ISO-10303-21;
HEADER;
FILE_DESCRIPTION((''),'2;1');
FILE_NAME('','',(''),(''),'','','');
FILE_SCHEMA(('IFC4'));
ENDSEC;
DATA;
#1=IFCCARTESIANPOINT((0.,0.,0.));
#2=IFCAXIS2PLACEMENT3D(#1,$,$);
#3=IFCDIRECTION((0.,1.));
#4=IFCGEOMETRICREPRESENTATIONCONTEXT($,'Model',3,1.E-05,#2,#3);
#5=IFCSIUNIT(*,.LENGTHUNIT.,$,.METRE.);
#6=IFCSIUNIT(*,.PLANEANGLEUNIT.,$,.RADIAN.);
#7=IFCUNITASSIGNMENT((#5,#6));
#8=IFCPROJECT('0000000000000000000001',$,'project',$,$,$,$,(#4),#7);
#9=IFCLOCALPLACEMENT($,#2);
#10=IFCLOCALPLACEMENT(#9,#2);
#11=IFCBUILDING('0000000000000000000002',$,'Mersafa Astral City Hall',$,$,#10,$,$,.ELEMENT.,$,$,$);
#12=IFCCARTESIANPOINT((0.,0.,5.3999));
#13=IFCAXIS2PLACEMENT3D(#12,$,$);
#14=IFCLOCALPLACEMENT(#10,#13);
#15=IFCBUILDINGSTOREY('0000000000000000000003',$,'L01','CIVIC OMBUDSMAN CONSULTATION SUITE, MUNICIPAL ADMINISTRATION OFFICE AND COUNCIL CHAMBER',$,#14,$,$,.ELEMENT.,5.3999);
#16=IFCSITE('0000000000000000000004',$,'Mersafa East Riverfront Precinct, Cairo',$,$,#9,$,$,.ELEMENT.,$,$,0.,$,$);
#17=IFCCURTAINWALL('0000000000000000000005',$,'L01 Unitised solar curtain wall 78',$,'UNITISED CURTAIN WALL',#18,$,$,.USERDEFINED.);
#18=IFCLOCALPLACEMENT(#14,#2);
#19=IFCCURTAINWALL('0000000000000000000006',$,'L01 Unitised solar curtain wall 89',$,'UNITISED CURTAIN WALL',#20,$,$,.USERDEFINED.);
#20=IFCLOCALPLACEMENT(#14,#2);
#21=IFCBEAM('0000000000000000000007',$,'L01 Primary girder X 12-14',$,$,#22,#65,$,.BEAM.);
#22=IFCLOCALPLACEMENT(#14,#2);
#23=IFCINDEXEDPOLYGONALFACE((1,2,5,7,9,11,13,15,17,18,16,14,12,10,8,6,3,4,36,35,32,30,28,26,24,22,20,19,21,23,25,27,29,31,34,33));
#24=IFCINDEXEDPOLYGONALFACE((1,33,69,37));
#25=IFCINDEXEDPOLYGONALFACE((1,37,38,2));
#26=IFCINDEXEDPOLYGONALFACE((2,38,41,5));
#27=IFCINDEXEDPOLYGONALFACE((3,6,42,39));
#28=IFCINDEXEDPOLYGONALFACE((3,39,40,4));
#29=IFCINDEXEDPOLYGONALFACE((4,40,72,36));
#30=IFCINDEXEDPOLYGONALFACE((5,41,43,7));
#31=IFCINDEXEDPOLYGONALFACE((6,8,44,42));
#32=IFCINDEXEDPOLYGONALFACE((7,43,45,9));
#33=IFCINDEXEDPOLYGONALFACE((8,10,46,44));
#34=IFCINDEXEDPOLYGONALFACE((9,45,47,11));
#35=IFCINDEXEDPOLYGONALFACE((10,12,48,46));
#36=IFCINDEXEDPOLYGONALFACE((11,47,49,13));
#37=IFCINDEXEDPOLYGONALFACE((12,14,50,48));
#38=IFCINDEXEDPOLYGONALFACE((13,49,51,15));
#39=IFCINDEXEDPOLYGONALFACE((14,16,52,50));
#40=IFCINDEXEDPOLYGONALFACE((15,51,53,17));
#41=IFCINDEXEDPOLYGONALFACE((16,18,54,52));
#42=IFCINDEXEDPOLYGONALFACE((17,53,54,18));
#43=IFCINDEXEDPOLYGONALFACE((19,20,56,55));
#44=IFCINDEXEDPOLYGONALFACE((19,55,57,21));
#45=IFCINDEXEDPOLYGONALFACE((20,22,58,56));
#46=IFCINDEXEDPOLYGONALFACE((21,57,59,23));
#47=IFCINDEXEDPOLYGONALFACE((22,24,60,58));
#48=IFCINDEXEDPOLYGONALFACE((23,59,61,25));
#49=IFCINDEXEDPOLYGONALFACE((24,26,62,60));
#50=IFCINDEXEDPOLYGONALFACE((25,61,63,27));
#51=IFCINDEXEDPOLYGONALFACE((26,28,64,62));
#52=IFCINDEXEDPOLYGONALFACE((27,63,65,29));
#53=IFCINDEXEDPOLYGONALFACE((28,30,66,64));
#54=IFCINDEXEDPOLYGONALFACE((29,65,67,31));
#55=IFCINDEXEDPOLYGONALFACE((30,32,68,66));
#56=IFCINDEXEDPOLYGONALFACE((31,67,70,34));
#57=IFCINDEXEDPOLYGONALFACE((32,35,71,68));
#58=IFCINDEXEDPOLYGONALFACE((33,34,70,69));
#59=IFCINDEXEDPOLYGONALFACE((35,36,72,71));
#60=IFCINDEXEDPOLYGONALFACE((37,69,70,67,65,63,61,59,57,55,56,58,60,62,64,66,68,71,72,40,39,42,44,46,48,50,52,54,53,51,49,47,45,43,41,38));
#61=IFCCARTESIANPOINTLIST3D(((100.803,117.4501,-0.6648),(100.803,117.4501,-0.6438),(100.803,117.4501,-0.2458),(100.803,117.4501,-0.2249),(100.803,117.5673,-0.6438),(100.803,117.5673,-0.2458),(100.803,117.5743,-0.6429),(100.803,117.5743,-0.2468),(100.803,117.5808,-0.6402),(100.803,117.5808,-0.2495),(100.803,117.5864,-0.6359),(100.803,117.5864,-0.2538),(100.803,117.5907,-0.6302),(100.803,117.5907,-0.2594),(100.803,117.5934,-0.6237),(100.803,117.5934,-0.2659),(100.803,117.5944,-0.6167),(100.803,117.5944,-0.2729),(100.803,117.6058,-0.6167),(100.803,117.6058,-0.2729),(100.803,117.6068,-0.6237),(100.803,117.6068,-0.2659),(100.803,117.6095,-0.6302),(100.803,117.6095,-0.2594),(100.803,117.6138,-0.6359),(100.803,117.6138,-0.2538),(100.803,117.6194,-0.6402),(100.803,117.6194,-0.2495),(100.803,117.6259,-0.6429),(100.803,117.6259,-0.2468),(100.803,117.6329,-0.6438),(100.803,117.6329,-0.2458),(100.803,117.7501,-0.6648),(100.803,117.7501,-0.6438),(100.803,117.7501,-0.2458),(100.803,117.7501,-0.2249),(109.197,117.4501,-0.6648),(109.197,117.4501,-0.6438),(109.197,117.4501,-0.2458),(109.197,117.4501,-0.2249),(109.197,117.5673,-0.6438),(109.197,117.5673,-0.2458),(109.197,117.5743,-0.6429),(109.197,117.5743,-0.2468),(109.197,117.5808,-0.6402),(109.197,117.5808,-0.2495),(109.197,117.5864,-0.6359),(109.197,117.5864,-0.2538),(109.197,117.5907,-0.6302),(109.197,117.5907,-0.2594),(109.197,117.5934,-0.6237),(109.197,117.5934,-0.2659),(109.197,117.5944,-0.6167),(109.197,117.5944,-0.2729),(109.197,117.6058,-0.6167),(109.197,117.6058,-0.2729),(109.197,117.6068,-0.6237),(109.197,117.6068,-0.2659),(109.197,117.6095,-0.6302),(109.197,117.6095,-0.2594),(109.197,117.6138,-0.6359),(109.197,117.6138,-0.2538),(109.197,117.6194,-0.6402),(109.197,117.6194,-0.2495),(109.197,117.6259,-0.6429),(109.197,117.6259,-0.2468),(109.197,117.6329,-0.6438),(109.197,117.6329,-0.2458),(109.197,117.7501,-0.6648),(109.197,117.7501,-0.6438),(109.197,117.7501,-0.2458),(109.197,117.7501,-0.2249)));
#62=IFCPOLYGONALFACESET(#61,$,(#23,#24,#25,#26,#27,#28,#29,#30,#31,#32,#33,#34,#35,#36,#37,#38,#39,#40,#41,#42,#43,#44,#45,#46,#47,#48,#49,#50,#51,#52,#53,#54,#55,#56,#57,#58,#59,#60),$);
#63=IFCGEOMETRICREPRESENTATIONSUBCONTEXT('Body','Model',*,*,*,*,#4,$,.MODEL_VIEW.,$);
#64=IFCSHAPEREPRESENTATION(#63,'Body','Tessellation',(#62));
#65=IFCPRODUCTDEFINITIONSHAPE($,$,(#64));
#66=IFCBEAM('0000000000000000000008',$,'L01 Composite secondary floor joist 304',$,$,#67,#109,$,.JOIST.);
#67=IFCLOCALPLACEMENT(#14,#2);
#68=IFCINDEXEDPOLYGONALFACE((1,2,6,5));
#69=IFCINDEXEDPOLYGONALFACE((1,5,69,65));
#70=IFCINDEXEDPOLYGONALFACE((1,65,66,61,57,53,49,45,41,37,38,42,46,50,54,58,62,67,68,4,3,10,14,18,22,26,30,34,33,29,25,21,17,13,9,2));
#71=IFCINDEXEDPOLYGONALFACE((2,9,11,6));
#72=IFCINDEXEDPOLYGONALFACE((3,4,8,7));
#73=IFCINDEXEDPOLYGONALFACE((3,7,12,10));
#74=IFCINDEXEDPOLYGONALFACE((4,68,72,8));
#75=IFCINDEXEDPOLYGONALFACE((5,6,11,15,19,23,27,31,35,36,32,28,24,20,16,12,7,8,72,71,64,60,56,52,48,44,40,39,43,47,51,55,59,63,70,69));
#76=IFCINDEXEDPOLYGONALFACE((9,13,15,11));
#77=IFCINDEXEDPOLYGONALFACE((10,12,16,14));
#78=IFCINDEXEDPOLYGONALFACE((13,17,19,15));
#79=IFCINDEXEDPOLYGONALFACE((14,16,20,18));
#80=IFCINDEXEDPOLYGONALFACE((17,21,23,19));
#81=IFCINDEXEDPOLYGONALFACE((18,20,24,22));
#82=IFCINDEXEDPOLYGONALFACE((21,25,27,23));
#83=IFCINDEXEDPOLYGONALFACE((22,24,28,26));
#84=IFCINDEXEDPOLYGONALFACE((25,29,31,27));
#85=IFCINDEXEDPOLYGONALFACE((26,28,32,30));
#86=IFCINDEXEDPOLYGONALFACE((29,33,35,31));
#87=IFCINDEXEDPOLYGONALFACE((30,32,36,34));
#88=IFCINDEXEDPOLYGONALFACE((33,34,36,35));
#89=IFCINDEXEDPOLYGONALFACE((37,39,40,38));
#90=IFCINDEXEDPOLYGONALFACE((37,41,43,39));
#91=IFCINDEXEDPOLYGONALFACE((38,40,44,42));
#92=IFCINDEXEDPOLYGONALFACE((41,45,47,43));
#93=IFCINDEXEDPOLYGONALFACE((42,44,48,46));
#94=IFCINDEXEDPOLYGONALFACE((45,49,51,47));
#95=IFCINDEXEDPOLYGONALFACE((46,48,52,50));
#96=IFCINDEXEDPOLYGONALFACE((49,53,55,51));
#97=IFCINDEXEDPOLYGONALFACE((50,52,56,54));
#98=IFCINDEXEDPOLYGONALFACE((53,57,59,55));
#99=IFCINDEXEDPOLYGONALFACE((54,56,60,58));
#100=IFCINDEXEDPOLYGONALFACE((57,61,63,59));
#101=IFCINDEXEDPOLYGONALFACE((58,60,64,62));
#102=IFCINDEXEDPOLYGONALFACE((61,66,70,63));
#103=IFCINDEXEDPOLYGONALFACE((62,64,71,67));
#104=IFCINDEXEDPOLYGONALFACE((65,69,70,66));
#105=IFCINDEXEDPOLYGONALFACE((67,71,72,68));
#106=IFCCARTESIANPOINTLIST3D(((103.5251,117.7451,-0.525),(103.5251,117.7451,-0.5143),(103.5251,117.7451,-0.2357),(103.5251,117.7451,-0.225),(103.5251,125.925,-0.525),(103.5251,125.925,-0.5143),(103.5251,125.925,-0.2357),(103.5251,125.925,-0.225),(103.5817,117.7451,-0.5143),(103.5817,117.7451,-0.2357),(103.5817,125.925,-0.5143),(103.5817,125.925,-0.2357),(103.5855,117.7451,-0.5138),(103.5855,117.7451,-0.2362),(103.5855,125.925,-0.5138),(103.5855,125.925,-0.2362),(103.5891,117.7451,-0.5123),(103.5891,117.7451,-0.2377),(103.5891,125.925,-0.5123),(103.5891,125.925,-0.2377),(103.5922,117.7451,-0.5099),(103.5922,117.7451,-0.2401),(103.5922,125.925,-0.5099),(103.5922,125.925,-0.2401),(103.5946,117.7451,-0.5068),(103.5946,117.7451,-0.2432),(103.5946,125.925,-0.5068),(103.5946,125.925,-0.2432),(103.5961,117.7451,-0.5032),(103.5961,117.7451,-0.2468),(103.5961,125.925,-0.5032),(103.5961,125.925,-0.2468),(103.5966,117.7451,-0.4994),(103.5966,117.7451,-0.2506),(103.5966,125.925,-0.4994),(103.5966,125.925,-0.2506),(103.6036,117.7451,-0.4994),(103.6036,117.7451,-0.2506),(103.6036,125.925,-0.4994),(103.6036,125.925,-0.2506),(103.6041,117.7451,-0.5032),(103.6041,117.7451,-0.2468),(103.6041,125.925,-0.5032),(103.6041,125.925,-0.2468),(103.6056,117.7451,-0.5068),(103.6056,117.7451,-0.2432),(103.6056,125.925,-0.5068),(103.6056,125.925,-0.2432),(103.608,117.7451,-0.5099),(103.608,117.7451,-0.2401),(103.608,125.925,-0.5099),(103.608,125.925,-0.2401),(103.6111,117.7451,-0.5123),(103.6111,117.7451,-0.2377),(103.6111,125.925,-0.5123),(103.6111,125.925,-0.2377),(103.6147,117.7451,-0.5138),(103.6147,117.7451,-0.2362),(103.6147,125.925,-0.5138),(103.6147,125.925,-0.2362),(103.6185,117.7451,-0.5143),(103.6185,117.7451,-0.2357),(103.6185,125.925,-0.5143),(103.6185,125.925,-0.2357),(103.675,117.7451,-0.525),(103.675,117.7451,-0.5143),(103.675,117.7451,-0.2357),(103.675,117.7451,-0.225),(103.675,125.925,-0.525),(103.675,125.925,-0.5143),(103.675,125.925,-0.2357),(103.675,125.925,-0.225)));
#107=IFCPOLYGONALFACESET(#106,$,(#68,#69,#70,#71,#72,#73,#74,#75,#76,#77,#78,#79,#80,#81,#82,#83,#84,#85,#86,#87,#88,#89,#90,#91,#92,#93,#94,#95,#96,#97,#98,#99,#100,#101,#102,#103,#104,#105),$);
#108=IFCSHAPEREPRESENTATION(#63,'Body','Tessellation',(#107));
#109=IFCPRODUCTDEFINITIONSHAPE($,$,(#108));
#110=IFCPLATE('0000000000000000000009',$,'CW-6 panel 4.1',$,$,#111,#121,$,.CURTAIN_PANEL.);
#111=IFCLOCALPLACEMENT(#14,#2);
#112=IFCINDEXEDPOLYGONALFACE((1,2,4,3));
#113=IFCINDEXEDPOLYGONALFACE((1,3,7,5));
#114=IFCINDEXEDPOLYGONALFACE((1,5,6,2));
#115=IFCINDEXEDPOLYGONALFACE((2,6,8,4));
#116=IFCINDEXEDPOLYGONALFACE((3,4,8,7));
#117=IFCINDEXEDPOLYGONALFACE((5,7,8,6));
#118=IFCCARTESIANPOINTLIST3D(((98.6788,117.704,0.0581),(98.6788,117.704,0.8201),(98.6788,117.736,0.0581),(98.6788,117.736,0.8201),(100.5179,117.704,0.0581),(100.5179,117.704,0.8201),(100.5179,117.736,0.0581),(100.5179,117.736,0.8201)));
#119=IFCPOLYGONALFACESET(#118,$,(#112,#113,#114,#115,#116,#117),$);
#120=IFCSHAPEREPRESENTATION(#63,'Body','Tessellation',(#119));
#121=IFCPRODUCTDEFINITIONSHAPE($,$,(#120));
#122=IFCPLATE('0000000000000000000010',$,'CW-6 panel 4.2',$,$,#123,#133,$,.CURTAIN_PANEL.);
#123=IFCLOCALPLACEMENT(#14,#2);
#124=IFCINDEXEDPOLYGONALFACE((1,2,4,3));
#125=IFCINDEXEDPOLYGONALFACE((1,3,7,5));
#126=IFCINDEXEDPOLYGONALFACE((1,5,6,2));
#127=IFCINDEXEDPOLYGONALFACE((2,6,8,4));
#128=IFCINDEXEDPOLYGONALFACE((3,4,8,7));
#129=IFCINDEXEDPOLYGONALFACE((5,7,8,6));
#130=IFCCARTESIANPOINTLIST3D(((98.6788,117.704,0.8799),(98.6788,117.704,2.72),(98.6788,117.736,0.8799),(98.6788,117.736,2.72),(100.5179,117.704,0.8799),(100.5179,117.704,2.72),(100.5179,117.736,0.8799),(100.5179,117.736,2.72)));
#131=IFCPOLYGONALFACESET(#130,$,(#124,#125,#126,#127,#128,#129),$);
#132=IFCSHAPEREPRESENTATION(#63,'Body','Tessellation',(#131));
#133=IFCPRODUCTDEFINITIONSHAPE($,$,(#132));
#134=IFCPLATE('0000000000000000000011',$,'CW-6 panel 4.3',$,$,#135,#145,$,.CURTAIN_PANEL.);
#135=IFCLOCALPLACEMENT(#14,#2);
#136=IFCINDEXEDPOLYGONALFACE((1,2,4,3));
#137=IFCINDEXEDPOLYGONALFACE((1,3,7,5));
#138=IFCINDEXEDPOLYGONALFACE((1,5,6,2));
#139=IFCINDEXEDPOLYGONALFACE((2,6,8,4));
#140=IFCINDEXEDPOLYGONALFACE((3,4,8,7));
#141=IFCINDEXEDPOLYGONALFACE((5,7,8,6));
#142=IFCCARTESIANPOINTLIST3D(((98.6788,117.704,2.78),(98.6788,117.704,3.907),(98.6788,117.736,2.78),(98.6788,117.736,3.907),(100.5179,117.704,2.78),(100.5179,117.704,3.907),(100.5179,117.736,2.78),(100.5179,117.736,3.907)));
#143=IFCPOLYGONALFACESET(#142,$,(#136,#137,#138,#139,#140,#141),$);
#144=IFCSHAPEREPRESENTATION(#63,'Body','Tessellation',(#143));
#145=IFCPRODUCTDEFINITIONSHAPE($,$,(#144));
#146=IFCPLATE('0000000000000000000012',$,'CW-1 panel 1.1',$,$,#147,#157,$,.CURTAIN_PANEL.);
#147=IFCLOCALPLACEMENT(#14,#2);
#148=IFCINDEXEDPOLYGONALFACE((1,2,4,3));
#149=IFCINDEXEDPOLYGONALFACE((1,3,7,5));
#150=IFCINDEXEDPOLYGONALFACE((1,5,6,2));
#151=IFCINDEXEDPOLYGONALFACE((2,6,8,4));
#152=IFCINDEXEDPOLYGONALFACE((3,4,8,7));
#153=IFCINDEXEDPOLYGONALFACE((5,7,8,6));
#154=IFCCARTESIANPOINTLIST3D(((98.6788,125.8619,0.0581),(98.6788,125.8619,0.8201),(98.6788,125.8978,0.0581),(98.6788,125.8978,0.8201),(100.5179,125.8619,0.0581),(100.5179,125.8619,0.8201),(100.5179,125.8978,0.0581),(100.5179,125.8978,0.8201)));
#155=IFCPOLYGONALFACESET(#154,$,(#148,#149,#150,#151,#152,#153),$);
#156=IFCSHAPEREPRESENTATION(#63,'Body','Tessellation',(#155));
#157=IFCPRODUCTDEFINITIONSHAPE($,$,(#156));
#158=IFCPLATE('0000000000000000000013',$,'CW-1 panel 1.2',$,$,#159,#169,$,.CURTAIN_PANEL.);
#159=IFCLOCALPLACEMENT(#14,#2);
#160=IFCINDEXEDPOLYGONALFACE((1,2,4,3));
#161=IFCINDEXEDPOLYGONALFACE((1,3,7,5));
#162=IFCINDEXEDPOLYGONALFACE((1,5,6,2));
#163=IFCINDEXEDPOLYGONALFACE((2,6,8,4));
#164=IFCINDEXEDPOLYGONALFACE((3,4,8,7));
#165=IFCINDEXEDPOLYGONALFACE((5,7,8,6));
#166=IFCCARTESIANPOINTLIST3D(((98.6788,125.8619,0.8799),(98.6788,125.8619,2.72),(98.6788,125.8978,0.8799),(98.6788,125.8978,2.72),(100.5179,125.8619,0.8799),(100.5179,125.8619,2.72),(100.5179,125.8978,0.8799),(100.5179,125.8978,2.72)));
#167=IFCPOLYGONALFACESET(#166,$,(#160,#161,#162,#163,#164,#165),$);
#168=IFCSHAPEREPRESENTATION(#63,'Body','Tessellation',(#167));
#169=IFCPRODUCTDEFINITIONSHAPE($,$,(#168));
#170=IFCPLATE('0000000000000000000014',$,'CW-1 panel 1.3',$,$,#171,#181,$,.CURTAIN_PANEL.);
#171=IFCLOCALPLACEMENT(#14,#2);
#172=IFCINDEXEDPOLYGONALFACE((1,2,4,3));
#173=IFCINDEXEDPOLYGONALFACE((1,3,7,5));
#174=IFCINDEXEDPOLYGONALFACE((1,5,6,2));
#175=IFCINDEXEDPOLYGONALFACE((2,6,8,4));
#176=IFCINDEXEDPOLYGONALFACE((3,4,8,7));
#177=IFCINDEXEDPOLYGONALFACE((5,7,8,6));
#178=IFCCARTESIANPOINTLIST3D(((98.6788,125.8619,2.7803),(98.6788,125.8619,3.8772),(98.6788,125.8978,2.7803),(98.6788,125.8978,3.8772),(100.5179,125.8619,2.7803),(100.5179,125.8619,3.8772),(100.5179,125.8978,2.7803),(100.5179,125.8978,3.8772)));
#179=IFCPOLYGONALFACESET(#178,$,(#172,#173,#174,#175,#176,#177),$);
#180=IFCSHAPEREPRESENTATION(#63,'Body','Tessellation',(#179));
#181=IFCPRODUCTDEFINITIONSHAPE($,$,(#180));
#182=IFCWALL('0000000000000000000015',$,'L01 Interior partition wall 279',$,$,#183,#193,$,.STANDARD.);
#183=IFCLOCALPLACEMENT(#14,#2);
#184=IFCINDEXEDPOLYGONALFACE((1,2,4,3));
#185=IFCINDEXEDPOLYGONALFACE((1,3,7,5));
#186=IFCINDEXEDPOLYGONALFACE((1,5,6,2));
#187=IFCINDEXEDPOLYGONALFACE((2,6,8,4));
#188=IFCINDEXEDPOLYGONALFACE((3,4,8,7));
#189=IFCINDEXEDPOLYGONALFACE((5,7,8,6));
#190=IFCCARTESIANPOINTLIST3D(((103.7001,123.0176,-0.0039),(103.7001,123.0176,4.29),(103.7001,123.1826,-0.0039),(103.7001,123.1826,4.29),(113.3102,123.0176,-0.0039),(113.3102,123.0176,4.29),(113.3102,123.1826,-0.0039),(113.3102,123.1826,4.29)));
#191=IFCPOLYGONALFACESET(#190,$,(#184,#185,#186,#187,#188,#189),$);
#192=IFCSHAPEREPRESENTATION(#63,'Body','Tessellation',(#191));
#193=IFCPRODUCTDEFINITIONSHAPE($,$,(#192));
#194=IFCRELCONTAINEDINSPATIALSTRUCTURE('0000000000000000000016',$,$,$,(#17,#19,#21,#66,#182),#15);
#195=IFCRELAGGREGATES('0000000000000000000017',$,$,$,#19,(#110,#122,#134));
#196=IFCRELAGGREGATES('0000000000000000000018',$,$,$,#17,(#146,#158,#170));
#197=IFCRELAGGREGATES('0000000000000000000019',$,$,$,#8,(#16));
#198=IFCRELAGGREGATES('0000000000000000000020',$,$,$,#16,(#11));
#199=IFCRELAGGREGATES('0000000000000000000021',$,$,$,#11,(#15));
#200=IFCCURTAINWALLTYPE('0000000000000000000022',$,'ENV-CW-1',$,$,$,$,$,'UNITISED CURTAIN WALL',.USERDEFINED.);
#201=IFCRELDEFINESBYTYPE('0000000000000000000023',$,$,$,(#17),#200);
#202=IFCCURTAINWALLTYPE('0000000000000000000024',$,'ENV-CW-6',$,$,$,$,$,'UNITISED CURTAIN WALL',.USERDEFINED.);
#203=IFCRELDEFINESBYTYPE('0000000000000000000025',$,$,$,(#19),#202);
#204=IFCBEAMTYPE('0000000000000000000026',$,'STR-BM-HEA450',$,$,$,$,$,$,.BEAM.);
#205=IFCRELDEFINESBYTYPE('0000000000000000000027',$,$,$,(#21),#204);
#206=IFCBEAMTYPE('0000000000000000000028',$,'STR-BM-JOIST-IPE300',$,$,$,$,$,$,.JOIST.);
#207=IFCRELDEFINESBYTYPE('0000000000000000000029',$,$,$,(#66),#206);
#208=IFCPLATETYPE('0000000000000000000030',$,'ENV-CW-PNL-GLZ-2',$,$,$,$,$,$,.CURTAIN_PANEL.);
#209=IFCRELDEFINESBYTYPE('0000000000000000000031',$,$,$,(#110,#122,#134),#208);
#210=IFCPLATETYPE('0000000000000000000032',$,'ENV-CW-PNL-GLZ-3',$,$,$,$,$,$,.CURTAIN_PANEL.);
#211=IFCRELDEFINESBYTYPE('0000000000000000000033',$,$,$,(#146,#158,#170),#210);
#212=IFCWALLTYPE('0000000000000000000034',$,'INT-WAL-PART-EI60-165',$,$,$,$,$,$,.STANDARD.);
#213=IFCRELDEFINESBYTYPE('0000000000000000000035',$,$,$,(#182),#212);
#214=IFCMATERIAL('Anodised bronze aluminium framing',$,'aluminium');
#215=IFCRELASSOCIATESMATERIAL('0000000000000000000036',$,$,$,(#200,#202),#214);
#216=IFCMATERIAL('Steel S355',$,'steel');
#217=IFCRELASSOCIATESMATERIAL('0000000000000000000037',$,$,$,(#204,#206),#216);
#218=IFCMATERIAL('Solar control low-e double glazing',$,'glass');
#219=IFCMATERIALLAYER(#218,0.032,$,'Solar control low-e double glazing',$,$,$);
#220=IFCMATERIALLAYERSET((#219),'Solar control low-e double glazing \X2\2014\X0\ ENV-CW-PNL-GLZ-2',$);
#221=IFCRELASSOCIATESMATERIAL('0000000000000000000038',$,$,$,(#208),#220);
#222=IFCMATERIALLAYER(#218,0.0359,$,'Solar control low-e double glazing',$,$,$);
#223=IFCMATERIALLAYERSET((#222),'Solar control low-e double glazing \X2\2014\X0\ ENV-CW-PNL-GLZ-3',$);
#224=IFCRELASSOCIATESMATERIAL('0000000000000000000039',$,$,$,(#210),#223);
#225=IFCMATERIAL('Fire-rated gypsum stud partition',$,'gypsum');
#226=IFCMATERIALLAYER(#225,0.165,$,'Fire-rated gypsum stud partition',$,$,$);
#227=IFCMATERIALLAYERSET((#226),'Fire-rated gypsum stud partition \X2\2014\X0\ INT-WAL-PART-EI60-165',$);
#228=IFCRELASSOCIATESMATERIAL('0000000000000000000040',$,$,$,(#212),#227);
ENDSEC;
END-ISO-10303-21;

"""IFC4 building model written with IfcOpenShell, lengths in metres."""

from ifc_helpers import new_model, si_unit, direction, frame, frame_2d, origin, origin_2d, place, context, subcontext, project, spatial, rectangle, i_section, extrude, material, layer, layer_set, material_profile, profile_set, type_object, element, aggregate, save


model = new_model("IFC4")

# Units and contexts
model_context = context("Model", 3, precision=1e-05, world=origin(), true_north=direction((0.0, 1.0)))
body_context = subcontext(model_context, "Body", "Model", "MODEL_VIEW")
ifc_project = project(units=[si_unit("LENGTHUNIT", "METRE"), si_unit("PLANEANGLEUNIT", "RADIAN")], contexts=[model_context])

# Site, building, storey
site_placement = place(None, origin())
site = spatial("IfcSite", under=ifc_project, at=site_placement, Name="Mersafa East Riverfront Precinct, Cairo", CompositionType="ELEMENT", RefElevation=0.0)
building_placement = place(site_placement, origin())
building = spatial("IfcBuilding", under=site, at=building_placement, Name="Mersafa Astral City Hall", CompositionType="ELEMENT")
storey_placement = place(building_placement, frame((0.0, 0.0, 5.3999)))
storey = spatial("IfcBuildingStorey", under=building, at=storey_placement, Name="L01", Description="CIVIC OMBUDSMAN CONSULTATION SUITE, MUNICIPAL ADMINISTRATION OFFICE AND COUNCIL CHAMBER", CompositionType="ELEMENT", Elevation=5.3999)

# Shared definitions
ifc_material_1 = material(Name="Steel S355", Category="steel")

# Curtain wall
ifc_material_2 = material(Name="Anodised bronze aluminium framing", Category="aluminium")
curtain_wall_type_1 = type_object("IfcCurtainWallType", Name="ENV-CW-1", ElementType="UNITISED CURTAIN WALL", PredefinedType="USERDEFINED", material=ifc_material_2)
curtain_wall_1_placement = place(storey_placement, origin())
curtain_wall_1 = element("IfcCurtainWall", 1, at=curtain_wall_1_placement, inside=storey, type_object=curtain_wall_type_1, Name="L01 Unitised solar curtain wall 78", ObjectType="UNITISED CURTAIN WALL", PredefinedType="USERDEFINED")

# Curtain wall
curtain_wall_type_2 = type_object("IfcCurtainWallType", Name="ENV-CW-6", ElementType="UNITISED CURTAIN WALL", PredefinedType="USERDEFINED", material=ifc_material_2)
curtain_wall_2_placement = place(storey_placement, origin())
curtain_wall_2 = element("IfcCurtainWall", 2, at=curtain_wall_2_placement, inside=storey, type_object=curtain_wall_type_2, Name="L01 Unitised solar curtain wall 89", ObjectType="UNITISED CURTAIN WALL", PredefinedType="USERDEFINED")

# Beams
ifc_material_profile_1 = material_profile(ifc_material_1, i_section(OverallWidth=0.3, OverallDepth=0.4399, WebThickness=0.0115, FlangeThickness=0.021, FilletRadius=0.0271, at=origin_2d()), Name="HEA 450")
ifc_profile_set_1 = profile_set([ifc_material_profile_1], Name="Steel S355")
beam_type_1 = type_object("IfcBeamType", Name="STR-BM-HEA450", PredefinedType="BEAM", material=ifc_profile_set_1)
beam_1_placement = place(storey_placement, frame((100.803, 117.6001, -0.4448), z_axis=(1.0, 0.0, 0.0), x_axis=(0.0, 1.0, 0.0)))
element("IfcBeam", 3, at=beam_1_placement, inside=storey, type_object=beam_type_1, Name="L01 Primary girder X 12-14", PredefinedType="BEAM", context=body_context, shape_type="SweptSolid", body=[
    extrude(i_section(OverallWidth=0.3, OverallDepth=0.4399, WebThickness=0.0115, FlangeThickness=0.021, FilletRadius=0.0271, at=origin_2d()), origin(), (0.0, 0.0, 1.0), 8.394),
])
ifc_material_profile_2 = material_profile(ifc_material_1, i_section(OverallWidth=0.1499, OverallDepth=0.3, WebThickness=0.0071, FlangeThickness=0.0107, FilletRadius=0.0149, at=origin_2d()), Name="IPE 300")
ifc_profile_set_2 = profile_set([ifc_material_profile_2], Name="Steel S355")
beam_type_2 = type_object("IfcBeamType", Name="STR-BM-JOIST-IPE300", PredefinedType="JOIST", material=ifc_profile_set_2)
beam_2_placement = place(storey_placement, frame((103.6001, 117.7451, -0.375), z_axis=(0.0, 1.0, 0.0), x_axis=(-1.0, 0.0, 0.0)))
element("IfcBeam", 4, at=beam_2_placement, inside=storey, type_object=beam_type_2, Name="L01 Composite secondary floor joist 304", PredefinedType="JOIST", context=body_context, shape_type="SweptSolid", body=[
    extrude(i_section(OverallWidth=0.1499, OverallDepth=0.3, WebThickness=0.0071, FlangeThickness=0.0107, FilletRadius=0.0149, at=origin_2d()), origin(), (0.0, 0.0, 1.0), 8.1799),
])

# Plates
ifc_material_3 = material(Name="Solar control low-e double glazing", Category="glass")
ifc_layer_1 = layer(ifc_material_3, 0.032, Name="Solar control low-e double glazing")
ifc_layer_set_1 = layer_set([ifc_layer_1], Name="Solar control low-e double glazing — ENV-CW-PNL-GLZ-2")
plate_type_1 = type_object("IfcPlateType", Name="ENV-CW-PNL-GLZ-2", PredefinedType="CURTAIN_PANEL", material=ifc_layer_set_1)
plate_1_placement = place(storey_placement, frame((99.5984, 117.72, 0.0581), z_axis=(0.0, 0.0, 1.0), x_axis=(1.0, 0.0, 0.0)))
plate_1 = element("IfcPlate", 5, at=plate_1_placement, type_object=plate_type_1, Name="CW-6 panel 4.1", PredefinedType="CURTAIN_PANEL", context=body_context, shape_type="SweptSolid", body=[
    extrude(rectangle(XDim=1.8391, YDim=0.032, at=origin_2d()), origin(), (0.0, 0.0, 1.0), 0.762),
])
plate_2_placement = place(storey_placement, frame((99.5984, 117.72, 0.8799), z_axis=(0.0, 0.0, 1.0), x_axis=(1.0, 0.0, 0.0)))
plate_2 = element("IfcPlate", 6, at=plate_2_placement, type_object=plate_type_1, Name="CW-6 panel 4.2", PredefinedType="CURTAIN_PANEL", context=body_context, shape_type="SweptSolid", body=[
    extrude(rectangle(XDim=1.8391, YDim=0.032, at=origin_2d()), origin(), (0.0, 0.0, 1.0), 1.8401),
])
plate_3_placement = place(storey_placement, frame((99.5984, 117.72, 2.78), z_axis=(0.0, 0.0, 1.0), x_axis=(1.0, 0.0, 0.0)))
plate_3 = element("IfcPlate", 7, at=plate_3_placement, type_object=plate_type_1, Name="CW-6 panel 4.3", PredefinedType="CURTAIN_PANEL", context=body_context, shape_type="SweptSolid", body=[
    extrude(rectangle(XDim=1.8391, YDim=0.032, at=origin_2d()), origin(), (0.0, 0.0, 1.0), 1.127),
])
aggregate(curtain_wall_2, [plate_1, plate_2, plate_3])
ifc_layer_2 = layer(ifc_material_3, 0.0359, Name="Solar control low-e double glazing")
ifc_layer_set_2 = layer_set([ifc_layer_2], Name="Solar control low-e double glazing — ENV-CW-PNL-GLZ-3")
plate_type_2 = type_object("IfcPlateType", Name="ENV-CW-PNL-GLZ-3", PredefinedType="CURTAIN_PANEL", material=ifc_layer_set_2)
plate_4_placement = place(storey_placement, frame((99.5984, 125.8799, 0.0581), z_axis=(0.0, 0.0, 1.0), x_axis=(-1.0, 0.0, 0.0)))
plate_4 = element("IfcPlate", 8, at=plate_4_placement, type_object=plate_type_2, Name="CW-1 panel 1.1", PredefinedType="CURTAIN_PANEL", context=body_context, shape_type="SweptSolid", body=[
    extrude(rectangle(XDim=1.8391, YDim=0.0359, at=origin_2d()), origin(), (0.0, 0.0, 1.0), 0.762),
])
plate_5_placement = place(storey_placement, frame((99.5984, 125.8799, 0.8799), z_axis=(0.0, 0.0, 1.0), x_axis=(-1.0, 0.0, 0.0)))
plate_5 = element("IfcPlate", 9, at=plate_5_placement, type_object=plate_type_2, Name="CW-1 panel 1.2", PredefinedType="CURTAIN_PANEL", context=body_context, shape_type="SweptSolid", body=[
    extrude(rectangle(XDim=1.8391, YDim=0.0359, at=origin_2d()), origin(), (0.0, 0.0, 1.0), 1.8401),
])
plate_6_placement = place(storey_placement, frame((99.5984, 125.8799, 2.7803), z_axis=(0.0, 0.0, 1.0), x_axis=(-1.0, 0.0, 0.0)))
plate_6 = element("IfcPlate", 10, at=plate_6_placement, type_object=plate_type_2, Name="CW-1 panel 1.3", PredefinedType="CURTAIN_PANEL", context=body_context, shape_type="SweptSolid", body=[
    extrude(rectangle(XDim=1.8391, YDim=0.0359, at=origin_2d()), origin(), (0.0, 0.0, 1.0), 1.0969),
])
aggregate(curtain_wall_1, [plate_4, plate_5, plate_6])

# Wall
ifc_material_4 = material(Name="Fire-rated gypsum stud partition", Category="gypsum")
ifc_layer_3 = layer(ifc_material_4, 0.165, Name="Fire-rated gypsum stud partition")
ifc_layer_set_3 = layer_set([ifc_layer_3], Name="Fire-rated gypsum stud partition — INT-WAL-PART-EI60-165")
wall_type_1 = type_object("IfcWallType", Name="INT-WAL-PART-EI60-165", PredefinedType="STANDARD", material=ifc_layer_set_3)
wall_1_placement = place(storey_placement, frame((103.7, 123.1001, -0.0039), z_axis=(0.0, 0.0, 1.0), x_axis=(1.0, 0.0, 0.0)))
element("IfcWall", 11, at=wall_1_placement, inside=storey, type_object=wall_type_1, Name="L01 Interior partition wall 279", PredefinedType="STANDARD", context=body_context, shape_type="SweptSolid", body=[
    extrude(rectangle(XDim=9.6101, YDim=0.165, at=frame_2d((4.8052, 0.0))), origin(), (0.0, 0.0, 1.0), 4.2939),
])

save(model, "model.ifc")
